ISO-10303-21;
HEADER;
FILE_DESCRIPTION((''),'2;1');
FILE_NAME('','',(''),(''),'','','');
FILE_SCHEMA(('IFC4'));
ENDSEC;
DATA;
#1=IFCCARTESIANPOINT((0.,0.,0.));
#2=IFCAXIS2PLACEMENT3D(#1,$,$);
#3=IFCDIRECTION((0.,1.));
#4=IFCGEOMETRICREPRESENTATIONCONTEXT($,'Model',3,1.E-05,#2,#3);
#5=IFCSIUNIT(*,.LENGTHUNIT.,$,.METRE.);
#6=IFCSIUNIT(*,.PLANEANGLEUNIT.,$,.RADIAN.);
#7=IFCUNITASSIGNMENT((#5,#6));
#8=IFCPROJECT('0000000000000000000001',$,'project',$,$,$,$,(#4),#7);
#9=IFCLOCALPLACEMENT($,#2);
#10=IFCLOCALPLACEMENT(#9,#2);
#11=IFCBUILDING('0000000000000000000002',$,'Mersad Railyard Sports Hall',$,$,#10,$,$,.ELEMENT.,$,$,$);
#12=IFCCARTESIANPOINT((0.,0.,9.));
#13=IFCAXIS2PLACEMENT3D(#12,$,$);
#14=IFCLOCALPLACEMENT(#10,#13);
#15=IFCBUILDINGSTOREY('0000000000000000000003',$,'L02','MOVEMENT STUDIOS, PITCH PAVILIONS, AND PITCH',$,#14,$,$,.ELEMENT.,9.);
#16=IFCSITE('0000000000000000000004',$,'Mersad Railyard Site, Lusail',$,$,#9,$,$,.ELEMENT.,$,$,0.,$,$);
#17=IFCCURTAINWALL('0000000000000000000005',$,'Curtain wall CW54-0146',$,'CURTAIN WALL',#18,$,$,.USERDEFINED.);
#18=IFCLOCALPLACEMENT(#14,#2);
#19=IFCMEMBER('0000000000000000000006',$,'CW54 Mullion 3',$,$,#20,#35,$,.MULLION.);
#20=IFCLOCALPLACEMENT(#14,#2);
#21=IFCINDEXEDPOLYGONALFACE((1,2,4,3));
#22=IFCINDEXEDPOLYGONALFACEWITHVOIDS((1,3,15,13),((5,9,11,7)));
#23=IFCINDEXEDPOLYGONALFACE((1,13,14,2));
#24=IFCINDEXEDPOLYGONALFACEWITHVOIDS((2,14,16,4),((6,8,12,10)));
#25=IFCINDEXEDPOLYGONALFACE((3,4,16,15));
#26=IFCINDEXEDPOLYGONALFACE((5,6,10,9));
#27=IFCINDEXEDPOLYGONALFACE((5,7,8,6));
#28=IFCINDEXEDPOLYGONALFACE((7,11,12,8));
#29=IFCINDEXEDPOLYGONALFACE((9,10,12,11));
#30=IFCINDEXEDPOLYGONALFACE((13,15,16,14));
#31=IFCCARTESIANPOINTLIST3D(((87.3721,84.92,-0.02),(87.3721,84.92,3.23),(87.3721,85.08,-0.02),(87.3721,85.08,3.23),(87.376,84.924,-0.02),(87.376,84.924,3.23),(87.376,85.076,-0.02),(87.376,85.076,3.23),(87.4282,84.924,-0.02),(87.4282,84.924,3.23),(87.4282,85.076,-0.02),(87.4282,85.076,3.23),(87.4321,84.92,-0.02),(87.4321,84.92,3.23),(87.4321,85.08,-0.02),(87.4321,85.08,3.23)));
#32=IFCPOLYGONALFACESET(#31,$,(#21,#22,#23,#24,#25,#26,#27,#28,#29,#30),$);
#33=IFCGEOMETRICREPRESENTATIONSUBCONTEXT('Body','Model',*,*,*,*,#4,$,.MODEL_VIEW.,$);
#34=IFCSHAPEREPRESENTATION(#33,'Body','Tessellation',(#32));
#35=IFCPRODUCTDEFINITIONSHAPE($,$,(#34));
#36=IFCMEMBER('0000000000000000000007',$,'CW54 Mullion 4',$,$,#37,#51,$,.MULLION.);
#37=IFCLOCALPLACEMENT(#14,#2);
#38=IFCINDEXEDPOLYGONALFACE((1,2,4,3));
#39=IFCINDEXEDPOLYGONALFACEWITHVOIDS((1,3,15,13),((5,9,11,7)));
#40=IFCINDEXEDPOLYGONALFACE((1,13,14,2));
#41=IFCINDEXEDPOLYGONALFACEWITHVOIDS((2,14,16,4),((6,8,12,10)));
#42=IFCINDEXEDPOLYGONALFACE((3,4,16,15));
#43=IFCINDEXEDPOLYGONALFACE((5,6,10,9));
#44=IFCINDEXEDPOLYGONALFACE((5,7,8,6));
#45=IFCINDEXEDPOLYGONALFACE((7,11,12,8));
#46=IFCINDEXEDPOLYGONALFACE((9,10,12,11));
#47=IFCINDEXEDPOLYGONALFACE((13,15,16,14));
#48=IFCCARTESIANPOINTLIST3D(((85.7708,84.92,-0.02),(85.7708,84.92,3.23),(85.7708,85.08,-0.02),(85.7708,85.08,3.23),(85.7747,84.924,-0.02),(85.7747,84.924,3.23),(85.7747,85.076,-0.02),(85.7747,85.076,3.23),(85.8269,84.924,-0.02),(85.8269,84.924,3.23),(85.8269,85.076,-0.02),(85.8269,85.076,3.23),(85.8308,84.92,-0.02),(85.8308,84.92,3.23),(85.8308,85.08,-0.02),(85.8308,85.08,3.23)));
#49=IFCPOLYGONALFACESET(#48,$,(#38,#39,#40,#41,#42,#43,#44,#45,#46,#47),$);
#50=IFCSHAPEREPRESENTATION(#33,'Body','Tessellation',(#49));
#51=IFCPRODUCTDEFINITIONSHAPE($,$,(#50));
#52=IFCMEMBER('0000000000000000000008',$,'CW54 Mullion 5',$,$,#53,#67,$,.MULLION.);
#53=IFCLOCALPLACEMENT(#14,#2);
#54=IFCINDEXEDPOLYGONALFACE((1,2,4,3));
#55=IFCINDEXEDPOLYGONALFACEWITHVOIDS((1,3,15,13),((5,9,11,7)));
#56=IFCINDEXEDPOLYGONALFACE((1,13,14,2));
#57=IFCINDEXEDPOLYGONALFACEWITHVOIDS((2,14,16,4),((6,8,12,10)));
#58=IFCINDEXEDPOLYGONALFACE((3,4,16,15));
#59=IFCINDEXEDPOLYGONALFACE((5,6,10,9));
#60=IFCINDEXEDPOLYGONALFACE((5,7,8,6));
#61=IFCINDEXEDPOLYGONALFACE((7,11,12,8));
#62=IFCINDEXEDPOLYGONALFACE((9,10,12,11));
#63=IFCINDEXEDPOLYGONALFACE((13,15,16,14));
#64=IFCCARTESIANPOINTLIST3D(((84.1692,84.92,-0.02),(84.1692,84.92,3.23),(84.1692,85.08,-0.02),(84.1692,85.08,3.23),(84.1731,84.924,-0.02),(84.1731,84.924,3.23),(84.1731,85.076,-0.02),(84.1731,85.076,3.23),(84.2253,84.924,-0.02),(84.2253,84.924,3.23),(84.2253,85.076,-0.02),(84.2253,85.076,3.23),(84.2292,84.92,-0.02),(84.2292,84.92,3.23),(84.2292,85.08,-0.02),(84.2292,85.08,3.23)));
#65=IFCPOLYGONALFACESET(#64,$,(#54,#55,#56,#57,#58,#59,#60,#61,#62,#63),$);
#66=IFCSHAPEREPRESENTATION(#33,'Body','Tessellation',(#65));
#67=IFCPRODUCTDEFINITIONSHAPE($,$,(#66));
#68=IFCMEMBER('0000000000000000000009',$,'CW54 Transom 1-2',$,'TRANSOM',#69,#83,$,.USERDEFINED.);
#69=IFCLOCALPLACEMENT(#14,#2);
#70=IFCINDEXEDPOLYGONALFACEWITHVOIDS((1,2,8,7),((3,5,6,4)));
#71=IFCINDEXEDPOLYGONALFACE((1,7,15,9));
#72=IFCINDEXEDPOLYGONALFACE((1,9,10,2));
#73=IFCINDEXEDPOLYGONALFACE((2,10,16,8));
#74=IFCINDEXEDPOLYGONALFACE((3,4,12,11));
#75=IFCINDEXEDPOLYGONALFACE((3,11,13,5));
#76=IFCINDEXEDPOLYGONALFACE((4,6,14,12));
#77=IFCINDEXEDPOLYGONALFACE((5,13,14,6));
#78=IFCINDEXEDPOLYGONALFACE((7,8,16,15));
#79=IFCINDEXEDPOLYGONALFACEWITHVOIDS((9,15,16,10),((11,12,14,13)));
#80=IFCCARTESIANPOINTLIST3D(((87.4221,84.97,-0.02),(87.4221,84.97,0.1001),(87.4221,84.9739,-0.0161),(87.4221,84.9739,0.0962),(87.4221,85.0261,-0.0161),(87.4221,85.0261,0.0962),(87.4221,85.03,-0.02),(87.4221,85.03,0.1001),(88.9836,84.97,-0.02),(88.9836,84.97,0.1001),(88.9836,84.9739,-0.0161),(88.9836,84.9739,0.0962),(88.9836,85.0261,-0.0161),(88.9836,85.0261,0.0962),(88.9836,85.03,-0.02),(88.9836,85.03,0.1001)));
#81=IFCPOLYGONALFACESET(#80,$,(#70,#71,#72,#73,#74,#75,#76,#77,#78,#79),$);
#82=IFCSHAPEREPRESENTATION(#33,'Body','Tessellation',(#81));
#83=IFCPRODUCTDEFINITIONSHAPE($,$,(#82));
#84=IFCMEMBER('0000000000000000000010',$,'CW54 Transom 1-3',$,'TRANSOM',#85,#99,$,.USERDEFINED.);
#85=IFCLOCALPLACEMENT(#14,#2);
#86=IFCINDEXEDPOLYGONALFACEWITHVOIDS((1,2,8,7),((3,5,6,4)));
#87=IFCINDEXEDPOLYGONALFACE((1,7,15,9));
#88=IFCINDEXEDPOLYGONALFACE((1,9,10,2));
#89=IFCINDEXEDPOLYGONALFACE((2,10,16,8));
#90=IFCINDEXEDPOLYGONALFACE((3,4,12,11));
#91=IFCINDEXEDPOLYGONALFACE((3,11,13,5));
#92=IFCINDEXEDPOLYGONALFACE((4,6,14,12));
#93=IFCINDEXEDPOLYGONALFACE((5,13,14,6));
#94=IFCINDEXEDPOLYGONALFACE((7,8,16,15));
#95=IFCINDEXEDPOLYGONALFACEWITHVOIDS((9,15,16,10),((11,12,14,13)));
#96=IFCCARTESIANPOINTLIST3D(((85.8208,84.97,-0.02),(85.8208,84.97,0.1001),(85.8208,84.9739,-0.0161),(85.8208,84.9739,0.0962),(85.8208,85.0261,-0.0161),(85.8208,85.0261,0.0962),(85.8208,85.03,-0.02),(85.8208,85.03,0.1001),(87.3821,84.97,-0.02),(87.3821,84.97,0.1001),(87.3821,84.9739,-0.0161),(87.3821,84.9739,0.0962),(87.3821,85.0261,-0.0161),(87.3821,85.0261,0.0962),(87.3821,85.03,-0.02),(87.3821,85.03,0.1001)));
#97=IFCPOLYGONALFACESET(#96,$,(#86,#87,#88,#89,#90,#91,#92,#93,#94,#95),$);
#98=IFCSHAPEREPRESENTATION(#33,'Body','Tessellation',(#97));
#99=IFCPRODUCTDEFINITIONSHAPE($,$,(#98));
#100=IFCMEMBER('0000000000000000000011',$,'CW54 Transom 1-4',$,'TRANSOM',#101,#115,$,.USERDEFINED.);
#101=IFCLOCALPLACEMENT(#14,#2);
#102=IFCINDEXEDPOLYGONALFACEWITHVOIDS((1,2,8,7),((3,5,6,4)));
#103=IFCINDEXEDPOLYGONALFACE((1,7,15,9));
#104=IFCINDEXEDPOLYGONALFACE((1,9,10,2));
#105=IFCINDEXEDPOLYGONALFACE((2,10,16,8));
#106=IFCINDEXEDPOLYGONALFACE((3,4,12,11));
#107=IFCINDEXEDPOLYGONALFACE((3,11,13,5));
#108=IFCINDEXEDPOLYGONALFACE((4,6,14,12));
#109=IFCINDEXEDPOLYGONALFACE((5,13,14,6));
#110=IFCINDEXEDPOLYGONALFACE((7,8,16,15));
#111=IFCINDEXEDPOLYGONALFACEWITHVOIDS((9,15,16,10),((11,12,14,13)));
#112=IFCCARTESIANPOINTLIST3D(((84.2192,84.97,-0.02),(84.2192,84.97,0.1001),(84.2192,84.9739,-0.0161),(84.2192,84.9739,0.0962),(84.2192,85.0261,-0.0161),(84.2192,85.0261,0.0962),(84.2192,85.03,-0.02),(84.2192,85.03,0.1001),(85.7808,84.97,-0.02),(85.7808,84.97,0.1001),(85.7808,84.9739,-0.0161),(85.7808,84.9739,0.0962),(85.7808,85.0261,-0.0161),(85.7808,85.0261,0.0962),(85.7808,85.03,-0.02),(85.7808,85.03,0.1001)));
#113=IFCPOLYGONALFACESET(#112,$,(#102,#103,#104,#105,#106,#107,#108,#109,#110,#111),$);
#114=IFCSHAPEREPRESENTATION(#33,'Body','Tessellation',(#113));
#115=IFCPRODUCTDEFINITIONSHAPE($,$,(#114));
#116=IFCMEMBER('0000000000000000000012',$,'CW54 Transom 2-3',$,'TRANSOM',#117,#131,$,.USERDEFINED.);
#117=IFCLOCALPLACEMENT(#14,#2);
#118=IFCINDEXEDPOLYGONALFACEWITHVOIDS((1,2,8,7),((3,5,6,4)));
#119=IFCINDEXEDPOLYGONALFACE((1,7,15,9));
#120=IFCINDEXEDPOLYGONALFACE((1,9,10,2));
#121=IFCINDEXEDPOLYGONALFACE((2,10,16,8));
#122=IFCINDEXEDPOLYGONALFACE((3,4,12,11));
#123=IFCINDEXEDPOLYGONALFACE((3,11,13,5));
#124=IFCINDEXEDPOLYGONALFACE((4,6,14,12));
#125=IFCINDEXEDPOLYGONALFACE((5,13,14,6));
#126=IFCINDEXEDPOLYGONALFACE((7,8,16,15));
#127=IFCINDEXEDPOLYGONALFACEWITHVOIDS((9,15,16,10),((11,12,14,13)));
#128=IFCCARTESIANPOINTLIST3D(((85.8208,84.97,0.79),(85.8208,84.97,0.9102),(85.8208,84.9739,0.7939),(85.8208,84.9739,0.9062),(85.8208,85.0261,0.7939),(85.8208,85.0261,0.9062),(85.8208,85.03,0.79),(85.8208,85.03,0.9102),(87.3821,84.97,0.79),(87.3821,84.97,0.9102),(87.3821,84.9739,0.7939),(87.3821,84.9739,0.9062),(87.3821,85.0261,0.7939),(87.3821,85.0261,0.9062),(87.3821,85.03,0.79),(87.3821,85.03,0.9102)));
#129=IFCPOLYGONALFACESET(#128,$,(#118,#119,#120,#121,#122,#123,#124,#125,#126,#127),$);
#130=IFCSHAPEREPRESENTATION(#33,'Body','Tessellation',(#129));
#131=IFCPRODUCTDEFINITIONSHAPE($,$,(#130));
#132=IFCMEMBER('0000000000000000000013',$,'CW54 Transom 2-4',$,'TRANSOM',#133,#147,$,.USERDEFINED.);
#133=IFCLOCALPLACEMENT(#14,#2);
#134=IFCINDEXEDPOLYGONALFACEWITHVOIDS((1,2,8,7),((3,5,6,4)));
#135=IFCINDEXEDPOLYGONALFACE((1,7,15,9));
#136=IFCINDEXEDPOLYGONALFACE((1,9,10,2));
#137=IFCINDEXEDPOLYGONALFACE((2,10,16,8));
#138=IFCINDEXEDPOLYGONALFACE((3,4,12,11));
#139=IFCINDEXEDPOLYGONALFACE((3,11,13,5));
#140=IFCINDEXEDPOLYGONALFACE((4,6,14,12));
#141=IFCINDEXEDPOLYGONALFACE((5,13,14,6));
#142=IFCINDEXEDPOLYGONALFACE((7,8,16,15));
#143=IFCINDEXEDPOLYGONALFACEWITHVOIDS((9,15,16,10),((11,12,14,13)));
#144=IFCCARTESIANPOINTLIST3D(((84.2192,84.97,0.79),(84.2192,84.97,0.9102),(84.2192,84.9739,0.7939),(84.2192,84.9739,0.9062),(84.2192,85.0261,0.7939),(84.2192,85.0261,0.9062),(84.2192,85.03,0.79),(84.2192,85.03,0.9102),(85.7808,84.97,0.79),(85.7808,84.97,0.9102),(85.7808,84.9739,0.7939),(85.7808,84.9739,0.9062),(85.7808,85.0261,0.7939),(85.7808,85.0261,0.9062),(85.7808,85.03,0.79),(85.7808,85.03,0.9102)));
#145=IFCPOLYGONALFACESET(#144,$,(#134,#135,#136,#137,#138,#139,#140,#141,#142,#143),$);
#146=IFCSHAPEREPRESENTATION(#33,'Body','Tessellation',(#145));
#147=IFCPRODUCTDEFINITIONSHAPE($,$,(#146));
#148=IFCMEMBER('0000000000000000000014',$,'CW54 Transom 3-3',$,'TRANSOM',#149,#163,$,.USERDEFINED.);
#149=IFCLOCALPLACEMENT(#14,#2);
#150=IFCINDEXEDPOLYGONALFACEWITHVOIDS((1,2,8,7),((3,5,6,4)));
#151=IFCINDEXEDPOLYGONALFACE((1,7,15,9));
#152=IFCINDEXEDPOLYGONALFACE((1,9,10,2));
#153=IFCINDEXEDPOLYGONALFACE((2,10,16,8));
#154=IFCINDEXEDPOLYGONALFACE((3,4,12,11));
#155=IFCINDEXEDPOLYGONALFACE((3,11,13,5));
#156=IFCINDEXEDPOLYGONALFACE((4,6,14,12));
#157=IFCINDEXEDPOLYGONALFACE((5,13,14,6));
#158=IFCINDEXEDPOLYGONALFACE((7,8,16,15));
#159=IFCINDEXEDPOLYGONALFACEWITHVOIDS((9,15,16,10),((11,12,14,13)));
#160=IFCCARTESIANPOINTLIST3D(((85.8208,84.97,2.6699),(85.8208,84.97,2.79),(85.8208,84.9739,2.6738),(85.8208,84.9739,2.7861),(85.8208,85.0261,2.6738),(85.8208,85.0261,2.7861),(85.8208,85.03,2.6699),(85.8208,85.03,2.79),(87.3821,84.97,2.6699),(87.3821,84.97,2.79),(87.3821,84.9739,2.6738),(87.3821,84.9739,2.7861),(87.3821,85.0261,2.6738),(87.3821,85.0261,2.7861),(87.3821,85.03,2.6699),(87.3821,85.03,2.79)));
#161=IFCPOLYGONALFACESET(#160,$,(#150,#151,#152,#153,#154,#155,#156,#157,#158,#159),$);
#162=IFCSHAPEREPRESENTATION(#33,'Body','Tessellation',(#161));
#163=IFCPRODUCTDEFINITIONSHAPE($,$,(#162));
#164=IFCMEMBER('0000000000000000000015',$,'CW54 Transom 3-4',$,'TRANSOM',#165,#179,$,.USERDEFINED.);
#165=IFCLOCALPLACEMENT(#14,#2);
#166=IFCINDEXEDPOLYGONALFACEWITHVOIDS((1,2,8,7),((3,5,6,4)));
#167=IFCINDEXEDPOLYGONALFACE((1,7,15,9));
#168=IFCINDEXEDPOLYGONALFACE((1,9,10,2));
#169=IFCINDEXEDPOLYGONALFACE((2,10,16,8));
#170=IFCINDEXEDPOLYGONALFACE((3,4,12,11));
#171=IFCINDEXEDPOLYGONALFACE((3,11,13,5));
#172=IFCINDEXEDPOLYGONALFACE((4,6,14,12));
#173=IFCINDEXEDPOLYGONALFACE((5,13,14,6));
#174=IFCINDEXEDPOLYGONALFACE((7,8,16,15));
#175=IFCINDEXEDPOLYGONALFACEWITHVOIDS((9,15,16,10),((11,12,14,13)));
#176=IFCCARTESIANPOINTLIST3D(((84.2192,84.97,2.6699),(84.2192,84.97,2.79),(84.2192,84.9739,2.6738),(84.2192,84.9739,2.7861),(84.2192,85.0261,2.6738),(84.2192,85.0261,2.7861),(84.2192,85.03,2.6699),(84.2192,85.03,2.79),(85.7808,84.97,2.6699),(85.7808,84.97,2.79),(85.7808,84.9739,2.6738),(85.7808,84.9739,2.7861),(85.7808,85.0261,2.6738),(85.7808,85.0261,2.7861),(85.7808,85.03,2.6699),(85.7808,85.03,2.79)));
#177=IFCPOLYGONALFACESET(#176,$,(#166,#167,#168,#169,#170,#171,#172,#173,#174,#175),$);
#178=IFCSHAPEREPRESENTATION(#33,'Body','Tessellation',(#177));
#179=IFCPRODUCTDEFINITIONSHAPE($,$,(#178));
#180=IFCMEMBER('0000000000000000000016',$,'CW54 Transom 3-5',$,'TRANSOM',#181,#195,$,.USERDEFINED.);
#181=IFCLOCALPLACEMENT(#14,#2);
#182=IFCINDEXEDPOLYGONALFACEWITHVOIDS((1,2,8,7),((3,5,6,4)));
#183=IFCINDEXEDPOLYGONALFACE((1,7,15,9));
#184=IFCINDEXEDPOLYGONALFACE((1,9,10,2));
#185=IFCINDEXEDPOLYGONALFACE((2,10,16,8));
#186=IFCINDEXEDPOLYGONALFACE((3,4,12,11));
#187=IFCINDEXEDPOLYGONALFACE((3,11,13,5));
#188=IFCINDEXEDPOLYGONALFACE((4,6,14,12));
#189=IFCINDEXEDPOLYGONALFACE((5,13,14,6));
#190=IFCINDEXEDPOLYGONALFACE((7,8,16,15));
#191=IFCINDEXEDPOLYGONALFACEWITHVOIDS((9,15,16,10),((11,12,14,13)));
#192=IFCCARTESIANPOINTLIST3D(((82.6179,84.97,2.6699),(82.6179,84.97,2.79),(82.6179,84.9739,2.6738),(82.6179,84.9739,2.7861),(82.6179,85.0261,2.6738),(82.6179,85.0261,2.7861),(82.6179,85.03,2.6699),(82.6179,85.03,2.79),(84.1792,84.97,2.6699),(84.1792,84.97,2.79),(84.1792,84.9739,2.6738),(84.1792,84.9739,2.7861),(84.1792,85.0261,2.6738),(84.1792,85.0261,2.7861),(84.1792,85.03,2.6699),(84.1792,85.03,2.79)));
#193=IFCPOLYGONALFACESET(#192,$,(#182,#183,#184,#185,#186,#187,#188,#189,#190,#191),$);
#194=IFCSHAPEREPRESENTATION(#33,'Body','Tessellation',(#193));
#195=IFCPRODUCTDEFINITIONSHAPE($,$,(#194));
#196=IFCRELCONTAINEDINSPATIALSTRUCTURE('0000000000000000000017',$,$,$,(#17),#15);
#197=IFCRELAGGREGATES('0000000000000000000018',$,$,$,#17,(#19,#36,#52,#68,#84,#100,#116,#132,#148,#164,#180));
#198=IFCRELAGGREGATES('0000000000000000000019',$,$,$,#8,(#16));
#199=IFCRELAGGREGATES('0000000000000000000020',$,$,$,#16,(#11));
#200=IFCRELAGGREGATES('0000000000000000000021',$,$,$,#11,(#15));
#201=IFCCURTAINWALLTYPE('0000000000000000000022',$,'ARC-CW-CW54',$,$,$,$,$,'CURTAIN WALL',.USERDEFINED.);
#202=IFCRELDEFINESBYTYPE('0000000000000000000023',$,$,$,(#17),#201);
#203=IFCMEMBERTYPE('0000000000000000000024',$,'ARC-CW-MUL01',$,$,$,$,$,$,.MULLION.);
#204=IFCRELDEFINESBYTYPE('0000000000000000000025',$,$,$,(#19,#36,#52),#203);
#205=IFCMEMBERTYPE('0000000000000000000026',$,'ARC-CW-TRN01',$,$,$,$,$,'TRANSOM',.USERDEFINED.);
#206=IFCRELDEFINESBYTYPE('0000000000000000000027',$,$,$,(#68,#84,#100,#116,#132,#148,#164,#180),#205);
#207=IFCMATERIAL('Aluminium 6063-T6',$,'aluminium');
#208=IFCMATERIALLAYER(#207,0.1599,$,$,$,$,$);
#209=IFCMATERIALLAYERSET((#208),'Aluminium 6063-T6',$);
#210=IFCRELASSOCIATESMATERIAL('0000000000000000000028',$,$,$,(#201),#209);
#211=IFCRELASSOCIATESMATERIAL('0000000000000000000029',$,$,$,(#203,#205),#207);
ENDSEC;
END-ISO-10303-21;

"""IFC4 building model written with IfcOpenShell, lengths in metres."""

from ifc_helpers import new_model, si_unit, direction, frame, origin, origin_2d, place, context, subcontext, project, spatial, hollow_rectangle, extrude, material, layer, layer_set, material_profile, profile_set, type_object, element, aggregate, save


model = new_model("IFC4")

# Units and contexts
model_context = context("Model", 3, precision=1e-05, world=origin(), true_north=direction((0.0, 1.0)))
body_context = subcontext(model_context, "Body", "Model", "MODEL_VIEW")
ifc_project = project(units=[si_unit("LENGTHUNIT", "METRE"), si_unit("PLANEANGLEUNIT", "RADIAN")], contexts=[model_context])

# Site, building, storey
site_placement = place(None, origin())
site = spatial("IfcSite", under=ifc_project, at=site_placement, Name="Mersad Railyard Site, Lusail", CompositionType="ELEMENT", RefElevation=0.0)
building_placement = place(site_placement, origin())
building = spatial("IfcBuilding", under=site, at=building_placement, Name="Mersad Railyard Sports Hall", CompositionType="ELEMENT")
storey_placement = place(building_placement, frame((0.0, 0.0, 9.0)))
storey = spatial("IfcBuildingStorey", under=building, at=storey_placement, Name="L02", Description="MOVEMENT STUDIOS, PITCH PAVILIONS, AND PITCH", CompositionType="ELEMENT", Elevation=9.0)

# Curtain wall, members
ifc_material_1 = material(Name="Aluminium 6063-T6", Category="aluminium")
ifc_layer_1 = layer(ifc_material_1, 0.1599)
ifc_layer_set_1 = layer_set([ifc_layer_1], Name="Aluminium 6063-T6")
curtain_wall_type = type_object("IfcCurtainWallType", Name="ARC-CW-CW54", ElementType="CURTAIN WALL", PredefinedType="USERDEFINED", material=ifc_layer_set_1)
curtain_wall_placement = place(storey_placement, origin())
curtain_wall = element("IfcCurtainWall", 1, at=curtain_wall_placement, inside=storey, type_object=curtain_wall_type, Name="Curtain wall CW54-0146", ObjectType="CURTAIN WALL", PredefinedType="USERDEFINED")
ifc_material_profile_1 = material_profile(ifc_material_1, hollow_rectangle(XDim=0.0601, YDim=0.1599, WallThickness=0.0039, at=origin_2d()), Name="AL MULLION 60x160x4")
ifc_profile_set_1 = profile_set([ifc_material_profile_1], Name="Aluminium 6063-T6")
member_type_1 = type_object("IfcMemberType", Name="ARC-CW-MUL01", PredefinedType="MULLION", material=ifc_profile_set_1)
member_1_placement = place(storey_placement, frame((87.4021, 85.0, -0.02), z_axis=(0.0, 0.0, 1.0), x_axis=(1.0, 0.0, 0.0)))
member_1 = element("IfcMember", 2, at=member_1_placement, type_object=member_type_1, Name="CW54 Mullion 3", PredefinedType="MULLION", context=body_context, shape_type="SweptSolid", body=[
    extrude(hollow_rectangle(XDim=0.0601, YDim=0.1599, WallThickness=0.0039, at=origin_2d()), origin(), (0.0, 0.0, 1.0), 3.25),
])
member_2_placement = place(storey_placement, frame((85.8008, 85.0, -0.02), z_axis=(0.0, 0.0, 1.0), x_axis=(1.0, 0.0, 0.0)))
member_2 = element("IfcMember", 3, at=member_2_placement, type_object=member_type_1, Name="CW54 Mullion 4", PredefinedType="MULLION", context=body_context, shape_type="SweptSolid", body=[
    extrude(hollow_rectangle(XDim=0.0601, YDim=0.1599, WallThickness=0.0039, at=origin_2d()), origin(), (0.0, 0.0, 1.0), 3.25),
])
member_3_placement = place(storey_placement, frame((84.1992, 85.0, -0.02), z_axis=(0.0, 0.0, 1.0), x_axis=(1.0, 0.0, 0.0)))
member_3 = element("IfcMember", 4, at=member_3_placement, type_object=member_type_1, Name="CW54 Mullion 5", PredefinedType="MULLION", context=body_context, shape_type="SweptSolid", body=[
    extrude(hollow_rectangle(XDim=0.0601, YDim=0.1599, WallThickness=0.0039, at=origin_2d()), origin(), (0.0, 0.0, 1.0), 3.25),
])
ifc_material_profile_2 = material_profile(ifc_material_1, hollow_rectangle(XDim=0.0601, YDim=0.1201, WallThickness=0.0039, at=origin_2d()), Name="AL TRANSOM 60x120x4")
ifc_profile_set_2 = profile_set([ifc_material_profile_2], Name="Aluminium 6063-T6")
member_type_2 = type_object("IfcMemberType", Name="ARC-CW-TRN01", ElementType="TRANSOM", PredefinedType="USERDEFINED", material=ifc_profile_set_2)
member_4_placement = place(storey_placement, frame((88.9836, 85.0, 0.04), z_axis=(-1.0, 0.0, 0.0), x_axis=(0.0, -1.0, 0.0)))
member_4 = element("IfcMember", 5, at=member_4_placement, type_object=member_type_2, Name="CW54 Transom 1-2", ObjectType="TRANSOM", PredefinedType="USERDEFINED", context=body_context, shape_type="SweptSolid", body=[
    extrude(hollow_rectangle(XDim=0.0601, YDim=0.1201, WallThickness=0.0039, at=origin_2d()), origin(), (0.0, 0.0, 1.0), 1.5615),
])
member_5_placement = place(storey_placement, frame((87.3821, 85.0, 0.04), z_axis=(-1.0, 0.0, 0.0), x_axis=(0.0, -1.0, 0.0)))
member_5 = element("IfcMember", 6, at=member_5_placement, type_object=member_type_2, Name="CW54 Transom 1-3", ObjectType="TRANSOM", PredefinedType="USERDEFINED", context=body_context, shape_type="SweptSolid", body=[
    extrude(hollow_rectangle(XDim=0.0601, YDim=0.1201, WallThickness=0.0039, at=origin_2d()), origin(), (0.0, 0.0, 1.0), 1.5613),
])
member_6_placement = place(storey_placement, frame((85.7808, 85.0, 0.04), z_axis=(-1.0, 0.0, 0.0), x_axis=(0.0, -1.0, 0.0)))
member_6 = element("IfcMember", 7, at=member_6_placement, type_object=member_type_2, Name="CW54 Transom 1-4", ObjectType="TRANSOM", PredefinedType="USERDEFINED", context=body_context, shape_type="SweptSolid", body=[
    extrude(hollow_rectangle(XDim=0.0601, YDim=0.1201, WallThickness=0.0039, at=origin_2d()), origin(), (0.0, 0.0, 1.0), 1.5615),
])
member_7_placement = place(storey_placement, frame((87.3821, 85.0, 0.8501), z_axis=(-1.0, 0.0, 0.0), x_axis=(0.0, -1.0, 0.0)))
member_7 = element("IfcMember", 8, at=member_7_placement, type_object=member_type_2, Name="CW54 Transom 2-3", ObjectType="TRANSOM", PredefinedType="USERDEFINED", context=body_context, shape_type="SweptSolid", body=[
    extrude(hollow_rectangle(XDim=0.0601, YDim=0.1201, WallThickness=0.0039, at=origin_2d()), origin(), (0.0, 0.0, 1.0), 1.5613),
])
member_8_placement = place(storey_placement, frame((85.7808, 85.0, 0.8501), z_axis=(-1.0, 0.0, 0.0), x_axis=(0.0, -1.0, 0.0)))
member_8 = element("IfcMember", 9, at=member_8_placement, type_object=member_type_2, Name="CW54 Transom 2-4", ObjectType="TRANSOM", PredefinedType="USERDEFINED", context=body_context, shape_type="SweptSolid", body=[
    extrude(hollow_rectangle(XDim=0.0601, YDim=0.1201, WallThickness=0.0039, at=origin_2d()), origin(), (0.0, 0.0, 1.0), 1.5615),
])
member_9_placement = place(storey_placement, frame((87.3821, 85.0, 2.73), z_axis=(-1.0, 0.0, 0.0), x_axis=(0.0, -1.0, 0.0)))
member_9 = element("IfcMember", 10, at=member_9_placement, type_object=member_type_2, Name="CW54 Transom 3-3", ObjectType="TRANSOM", PredefinedType="USERDEFINED", context=body_context, shape_type="SweptSolid", body=[
    extrude(hollow_rectangle(XDim=0.0601, YDim=0.1201, WallThickness=0.0039, at=origin_2d()), origin(), (0.0, 0.0, 1.0), 1.5613),
])
member_10_placement = place(storey_placement, frame((85.7808, 85.0, 2.73), z_axis=(-1.0, 0.0, 0.0), x_axis=(0.0, -1.0, 0.0)))
member_10 = element("IfcMember", 11, at=member_10_placement, type_object=member_type_2, Name="CW54 Transom 3-4", ObjectType="TRANSOM", PredefinedType="USERDEFINED", context=body_context, shape_type="SweptSolid", body=[
    extrude(hollow_rectangle(XDim=0.0601, YDim=0.1201, WallThickness=0.0039, at=origin_2d()), origin(), (0.0, 0.0, 1.0), 1.5615),
])
member_11_placement = place(storey_placement, frame((84.1792, 85.0, 2.73), z_axis=(-1.0, 0.0, 0.0), x_axis=(0.0, -1.0, 0.0)))
member_11 = element("IfcMember", 12, at=member_11_placement, type_object=member_type_2, Name="CW54 Transom 3-5", ObjectType="TRANSOM", PredefinedType="USERDEFINED", context=body_context, shape_type="SweptSolid", body=[
    extrude(hollow_rectangle(XDim=0.0601, YDim=0.1201, WallThickness=0.0039, at=origin_2d()), origin(), (0.0, 0.0, 1.0), 1.5613),
])
aggregate(curtain_wall, [member_1, member_2, member_3, member_4, member_5, member_6, member_7, member_8, member_9, member_10, member_11])

save(model, "model.ifc")
